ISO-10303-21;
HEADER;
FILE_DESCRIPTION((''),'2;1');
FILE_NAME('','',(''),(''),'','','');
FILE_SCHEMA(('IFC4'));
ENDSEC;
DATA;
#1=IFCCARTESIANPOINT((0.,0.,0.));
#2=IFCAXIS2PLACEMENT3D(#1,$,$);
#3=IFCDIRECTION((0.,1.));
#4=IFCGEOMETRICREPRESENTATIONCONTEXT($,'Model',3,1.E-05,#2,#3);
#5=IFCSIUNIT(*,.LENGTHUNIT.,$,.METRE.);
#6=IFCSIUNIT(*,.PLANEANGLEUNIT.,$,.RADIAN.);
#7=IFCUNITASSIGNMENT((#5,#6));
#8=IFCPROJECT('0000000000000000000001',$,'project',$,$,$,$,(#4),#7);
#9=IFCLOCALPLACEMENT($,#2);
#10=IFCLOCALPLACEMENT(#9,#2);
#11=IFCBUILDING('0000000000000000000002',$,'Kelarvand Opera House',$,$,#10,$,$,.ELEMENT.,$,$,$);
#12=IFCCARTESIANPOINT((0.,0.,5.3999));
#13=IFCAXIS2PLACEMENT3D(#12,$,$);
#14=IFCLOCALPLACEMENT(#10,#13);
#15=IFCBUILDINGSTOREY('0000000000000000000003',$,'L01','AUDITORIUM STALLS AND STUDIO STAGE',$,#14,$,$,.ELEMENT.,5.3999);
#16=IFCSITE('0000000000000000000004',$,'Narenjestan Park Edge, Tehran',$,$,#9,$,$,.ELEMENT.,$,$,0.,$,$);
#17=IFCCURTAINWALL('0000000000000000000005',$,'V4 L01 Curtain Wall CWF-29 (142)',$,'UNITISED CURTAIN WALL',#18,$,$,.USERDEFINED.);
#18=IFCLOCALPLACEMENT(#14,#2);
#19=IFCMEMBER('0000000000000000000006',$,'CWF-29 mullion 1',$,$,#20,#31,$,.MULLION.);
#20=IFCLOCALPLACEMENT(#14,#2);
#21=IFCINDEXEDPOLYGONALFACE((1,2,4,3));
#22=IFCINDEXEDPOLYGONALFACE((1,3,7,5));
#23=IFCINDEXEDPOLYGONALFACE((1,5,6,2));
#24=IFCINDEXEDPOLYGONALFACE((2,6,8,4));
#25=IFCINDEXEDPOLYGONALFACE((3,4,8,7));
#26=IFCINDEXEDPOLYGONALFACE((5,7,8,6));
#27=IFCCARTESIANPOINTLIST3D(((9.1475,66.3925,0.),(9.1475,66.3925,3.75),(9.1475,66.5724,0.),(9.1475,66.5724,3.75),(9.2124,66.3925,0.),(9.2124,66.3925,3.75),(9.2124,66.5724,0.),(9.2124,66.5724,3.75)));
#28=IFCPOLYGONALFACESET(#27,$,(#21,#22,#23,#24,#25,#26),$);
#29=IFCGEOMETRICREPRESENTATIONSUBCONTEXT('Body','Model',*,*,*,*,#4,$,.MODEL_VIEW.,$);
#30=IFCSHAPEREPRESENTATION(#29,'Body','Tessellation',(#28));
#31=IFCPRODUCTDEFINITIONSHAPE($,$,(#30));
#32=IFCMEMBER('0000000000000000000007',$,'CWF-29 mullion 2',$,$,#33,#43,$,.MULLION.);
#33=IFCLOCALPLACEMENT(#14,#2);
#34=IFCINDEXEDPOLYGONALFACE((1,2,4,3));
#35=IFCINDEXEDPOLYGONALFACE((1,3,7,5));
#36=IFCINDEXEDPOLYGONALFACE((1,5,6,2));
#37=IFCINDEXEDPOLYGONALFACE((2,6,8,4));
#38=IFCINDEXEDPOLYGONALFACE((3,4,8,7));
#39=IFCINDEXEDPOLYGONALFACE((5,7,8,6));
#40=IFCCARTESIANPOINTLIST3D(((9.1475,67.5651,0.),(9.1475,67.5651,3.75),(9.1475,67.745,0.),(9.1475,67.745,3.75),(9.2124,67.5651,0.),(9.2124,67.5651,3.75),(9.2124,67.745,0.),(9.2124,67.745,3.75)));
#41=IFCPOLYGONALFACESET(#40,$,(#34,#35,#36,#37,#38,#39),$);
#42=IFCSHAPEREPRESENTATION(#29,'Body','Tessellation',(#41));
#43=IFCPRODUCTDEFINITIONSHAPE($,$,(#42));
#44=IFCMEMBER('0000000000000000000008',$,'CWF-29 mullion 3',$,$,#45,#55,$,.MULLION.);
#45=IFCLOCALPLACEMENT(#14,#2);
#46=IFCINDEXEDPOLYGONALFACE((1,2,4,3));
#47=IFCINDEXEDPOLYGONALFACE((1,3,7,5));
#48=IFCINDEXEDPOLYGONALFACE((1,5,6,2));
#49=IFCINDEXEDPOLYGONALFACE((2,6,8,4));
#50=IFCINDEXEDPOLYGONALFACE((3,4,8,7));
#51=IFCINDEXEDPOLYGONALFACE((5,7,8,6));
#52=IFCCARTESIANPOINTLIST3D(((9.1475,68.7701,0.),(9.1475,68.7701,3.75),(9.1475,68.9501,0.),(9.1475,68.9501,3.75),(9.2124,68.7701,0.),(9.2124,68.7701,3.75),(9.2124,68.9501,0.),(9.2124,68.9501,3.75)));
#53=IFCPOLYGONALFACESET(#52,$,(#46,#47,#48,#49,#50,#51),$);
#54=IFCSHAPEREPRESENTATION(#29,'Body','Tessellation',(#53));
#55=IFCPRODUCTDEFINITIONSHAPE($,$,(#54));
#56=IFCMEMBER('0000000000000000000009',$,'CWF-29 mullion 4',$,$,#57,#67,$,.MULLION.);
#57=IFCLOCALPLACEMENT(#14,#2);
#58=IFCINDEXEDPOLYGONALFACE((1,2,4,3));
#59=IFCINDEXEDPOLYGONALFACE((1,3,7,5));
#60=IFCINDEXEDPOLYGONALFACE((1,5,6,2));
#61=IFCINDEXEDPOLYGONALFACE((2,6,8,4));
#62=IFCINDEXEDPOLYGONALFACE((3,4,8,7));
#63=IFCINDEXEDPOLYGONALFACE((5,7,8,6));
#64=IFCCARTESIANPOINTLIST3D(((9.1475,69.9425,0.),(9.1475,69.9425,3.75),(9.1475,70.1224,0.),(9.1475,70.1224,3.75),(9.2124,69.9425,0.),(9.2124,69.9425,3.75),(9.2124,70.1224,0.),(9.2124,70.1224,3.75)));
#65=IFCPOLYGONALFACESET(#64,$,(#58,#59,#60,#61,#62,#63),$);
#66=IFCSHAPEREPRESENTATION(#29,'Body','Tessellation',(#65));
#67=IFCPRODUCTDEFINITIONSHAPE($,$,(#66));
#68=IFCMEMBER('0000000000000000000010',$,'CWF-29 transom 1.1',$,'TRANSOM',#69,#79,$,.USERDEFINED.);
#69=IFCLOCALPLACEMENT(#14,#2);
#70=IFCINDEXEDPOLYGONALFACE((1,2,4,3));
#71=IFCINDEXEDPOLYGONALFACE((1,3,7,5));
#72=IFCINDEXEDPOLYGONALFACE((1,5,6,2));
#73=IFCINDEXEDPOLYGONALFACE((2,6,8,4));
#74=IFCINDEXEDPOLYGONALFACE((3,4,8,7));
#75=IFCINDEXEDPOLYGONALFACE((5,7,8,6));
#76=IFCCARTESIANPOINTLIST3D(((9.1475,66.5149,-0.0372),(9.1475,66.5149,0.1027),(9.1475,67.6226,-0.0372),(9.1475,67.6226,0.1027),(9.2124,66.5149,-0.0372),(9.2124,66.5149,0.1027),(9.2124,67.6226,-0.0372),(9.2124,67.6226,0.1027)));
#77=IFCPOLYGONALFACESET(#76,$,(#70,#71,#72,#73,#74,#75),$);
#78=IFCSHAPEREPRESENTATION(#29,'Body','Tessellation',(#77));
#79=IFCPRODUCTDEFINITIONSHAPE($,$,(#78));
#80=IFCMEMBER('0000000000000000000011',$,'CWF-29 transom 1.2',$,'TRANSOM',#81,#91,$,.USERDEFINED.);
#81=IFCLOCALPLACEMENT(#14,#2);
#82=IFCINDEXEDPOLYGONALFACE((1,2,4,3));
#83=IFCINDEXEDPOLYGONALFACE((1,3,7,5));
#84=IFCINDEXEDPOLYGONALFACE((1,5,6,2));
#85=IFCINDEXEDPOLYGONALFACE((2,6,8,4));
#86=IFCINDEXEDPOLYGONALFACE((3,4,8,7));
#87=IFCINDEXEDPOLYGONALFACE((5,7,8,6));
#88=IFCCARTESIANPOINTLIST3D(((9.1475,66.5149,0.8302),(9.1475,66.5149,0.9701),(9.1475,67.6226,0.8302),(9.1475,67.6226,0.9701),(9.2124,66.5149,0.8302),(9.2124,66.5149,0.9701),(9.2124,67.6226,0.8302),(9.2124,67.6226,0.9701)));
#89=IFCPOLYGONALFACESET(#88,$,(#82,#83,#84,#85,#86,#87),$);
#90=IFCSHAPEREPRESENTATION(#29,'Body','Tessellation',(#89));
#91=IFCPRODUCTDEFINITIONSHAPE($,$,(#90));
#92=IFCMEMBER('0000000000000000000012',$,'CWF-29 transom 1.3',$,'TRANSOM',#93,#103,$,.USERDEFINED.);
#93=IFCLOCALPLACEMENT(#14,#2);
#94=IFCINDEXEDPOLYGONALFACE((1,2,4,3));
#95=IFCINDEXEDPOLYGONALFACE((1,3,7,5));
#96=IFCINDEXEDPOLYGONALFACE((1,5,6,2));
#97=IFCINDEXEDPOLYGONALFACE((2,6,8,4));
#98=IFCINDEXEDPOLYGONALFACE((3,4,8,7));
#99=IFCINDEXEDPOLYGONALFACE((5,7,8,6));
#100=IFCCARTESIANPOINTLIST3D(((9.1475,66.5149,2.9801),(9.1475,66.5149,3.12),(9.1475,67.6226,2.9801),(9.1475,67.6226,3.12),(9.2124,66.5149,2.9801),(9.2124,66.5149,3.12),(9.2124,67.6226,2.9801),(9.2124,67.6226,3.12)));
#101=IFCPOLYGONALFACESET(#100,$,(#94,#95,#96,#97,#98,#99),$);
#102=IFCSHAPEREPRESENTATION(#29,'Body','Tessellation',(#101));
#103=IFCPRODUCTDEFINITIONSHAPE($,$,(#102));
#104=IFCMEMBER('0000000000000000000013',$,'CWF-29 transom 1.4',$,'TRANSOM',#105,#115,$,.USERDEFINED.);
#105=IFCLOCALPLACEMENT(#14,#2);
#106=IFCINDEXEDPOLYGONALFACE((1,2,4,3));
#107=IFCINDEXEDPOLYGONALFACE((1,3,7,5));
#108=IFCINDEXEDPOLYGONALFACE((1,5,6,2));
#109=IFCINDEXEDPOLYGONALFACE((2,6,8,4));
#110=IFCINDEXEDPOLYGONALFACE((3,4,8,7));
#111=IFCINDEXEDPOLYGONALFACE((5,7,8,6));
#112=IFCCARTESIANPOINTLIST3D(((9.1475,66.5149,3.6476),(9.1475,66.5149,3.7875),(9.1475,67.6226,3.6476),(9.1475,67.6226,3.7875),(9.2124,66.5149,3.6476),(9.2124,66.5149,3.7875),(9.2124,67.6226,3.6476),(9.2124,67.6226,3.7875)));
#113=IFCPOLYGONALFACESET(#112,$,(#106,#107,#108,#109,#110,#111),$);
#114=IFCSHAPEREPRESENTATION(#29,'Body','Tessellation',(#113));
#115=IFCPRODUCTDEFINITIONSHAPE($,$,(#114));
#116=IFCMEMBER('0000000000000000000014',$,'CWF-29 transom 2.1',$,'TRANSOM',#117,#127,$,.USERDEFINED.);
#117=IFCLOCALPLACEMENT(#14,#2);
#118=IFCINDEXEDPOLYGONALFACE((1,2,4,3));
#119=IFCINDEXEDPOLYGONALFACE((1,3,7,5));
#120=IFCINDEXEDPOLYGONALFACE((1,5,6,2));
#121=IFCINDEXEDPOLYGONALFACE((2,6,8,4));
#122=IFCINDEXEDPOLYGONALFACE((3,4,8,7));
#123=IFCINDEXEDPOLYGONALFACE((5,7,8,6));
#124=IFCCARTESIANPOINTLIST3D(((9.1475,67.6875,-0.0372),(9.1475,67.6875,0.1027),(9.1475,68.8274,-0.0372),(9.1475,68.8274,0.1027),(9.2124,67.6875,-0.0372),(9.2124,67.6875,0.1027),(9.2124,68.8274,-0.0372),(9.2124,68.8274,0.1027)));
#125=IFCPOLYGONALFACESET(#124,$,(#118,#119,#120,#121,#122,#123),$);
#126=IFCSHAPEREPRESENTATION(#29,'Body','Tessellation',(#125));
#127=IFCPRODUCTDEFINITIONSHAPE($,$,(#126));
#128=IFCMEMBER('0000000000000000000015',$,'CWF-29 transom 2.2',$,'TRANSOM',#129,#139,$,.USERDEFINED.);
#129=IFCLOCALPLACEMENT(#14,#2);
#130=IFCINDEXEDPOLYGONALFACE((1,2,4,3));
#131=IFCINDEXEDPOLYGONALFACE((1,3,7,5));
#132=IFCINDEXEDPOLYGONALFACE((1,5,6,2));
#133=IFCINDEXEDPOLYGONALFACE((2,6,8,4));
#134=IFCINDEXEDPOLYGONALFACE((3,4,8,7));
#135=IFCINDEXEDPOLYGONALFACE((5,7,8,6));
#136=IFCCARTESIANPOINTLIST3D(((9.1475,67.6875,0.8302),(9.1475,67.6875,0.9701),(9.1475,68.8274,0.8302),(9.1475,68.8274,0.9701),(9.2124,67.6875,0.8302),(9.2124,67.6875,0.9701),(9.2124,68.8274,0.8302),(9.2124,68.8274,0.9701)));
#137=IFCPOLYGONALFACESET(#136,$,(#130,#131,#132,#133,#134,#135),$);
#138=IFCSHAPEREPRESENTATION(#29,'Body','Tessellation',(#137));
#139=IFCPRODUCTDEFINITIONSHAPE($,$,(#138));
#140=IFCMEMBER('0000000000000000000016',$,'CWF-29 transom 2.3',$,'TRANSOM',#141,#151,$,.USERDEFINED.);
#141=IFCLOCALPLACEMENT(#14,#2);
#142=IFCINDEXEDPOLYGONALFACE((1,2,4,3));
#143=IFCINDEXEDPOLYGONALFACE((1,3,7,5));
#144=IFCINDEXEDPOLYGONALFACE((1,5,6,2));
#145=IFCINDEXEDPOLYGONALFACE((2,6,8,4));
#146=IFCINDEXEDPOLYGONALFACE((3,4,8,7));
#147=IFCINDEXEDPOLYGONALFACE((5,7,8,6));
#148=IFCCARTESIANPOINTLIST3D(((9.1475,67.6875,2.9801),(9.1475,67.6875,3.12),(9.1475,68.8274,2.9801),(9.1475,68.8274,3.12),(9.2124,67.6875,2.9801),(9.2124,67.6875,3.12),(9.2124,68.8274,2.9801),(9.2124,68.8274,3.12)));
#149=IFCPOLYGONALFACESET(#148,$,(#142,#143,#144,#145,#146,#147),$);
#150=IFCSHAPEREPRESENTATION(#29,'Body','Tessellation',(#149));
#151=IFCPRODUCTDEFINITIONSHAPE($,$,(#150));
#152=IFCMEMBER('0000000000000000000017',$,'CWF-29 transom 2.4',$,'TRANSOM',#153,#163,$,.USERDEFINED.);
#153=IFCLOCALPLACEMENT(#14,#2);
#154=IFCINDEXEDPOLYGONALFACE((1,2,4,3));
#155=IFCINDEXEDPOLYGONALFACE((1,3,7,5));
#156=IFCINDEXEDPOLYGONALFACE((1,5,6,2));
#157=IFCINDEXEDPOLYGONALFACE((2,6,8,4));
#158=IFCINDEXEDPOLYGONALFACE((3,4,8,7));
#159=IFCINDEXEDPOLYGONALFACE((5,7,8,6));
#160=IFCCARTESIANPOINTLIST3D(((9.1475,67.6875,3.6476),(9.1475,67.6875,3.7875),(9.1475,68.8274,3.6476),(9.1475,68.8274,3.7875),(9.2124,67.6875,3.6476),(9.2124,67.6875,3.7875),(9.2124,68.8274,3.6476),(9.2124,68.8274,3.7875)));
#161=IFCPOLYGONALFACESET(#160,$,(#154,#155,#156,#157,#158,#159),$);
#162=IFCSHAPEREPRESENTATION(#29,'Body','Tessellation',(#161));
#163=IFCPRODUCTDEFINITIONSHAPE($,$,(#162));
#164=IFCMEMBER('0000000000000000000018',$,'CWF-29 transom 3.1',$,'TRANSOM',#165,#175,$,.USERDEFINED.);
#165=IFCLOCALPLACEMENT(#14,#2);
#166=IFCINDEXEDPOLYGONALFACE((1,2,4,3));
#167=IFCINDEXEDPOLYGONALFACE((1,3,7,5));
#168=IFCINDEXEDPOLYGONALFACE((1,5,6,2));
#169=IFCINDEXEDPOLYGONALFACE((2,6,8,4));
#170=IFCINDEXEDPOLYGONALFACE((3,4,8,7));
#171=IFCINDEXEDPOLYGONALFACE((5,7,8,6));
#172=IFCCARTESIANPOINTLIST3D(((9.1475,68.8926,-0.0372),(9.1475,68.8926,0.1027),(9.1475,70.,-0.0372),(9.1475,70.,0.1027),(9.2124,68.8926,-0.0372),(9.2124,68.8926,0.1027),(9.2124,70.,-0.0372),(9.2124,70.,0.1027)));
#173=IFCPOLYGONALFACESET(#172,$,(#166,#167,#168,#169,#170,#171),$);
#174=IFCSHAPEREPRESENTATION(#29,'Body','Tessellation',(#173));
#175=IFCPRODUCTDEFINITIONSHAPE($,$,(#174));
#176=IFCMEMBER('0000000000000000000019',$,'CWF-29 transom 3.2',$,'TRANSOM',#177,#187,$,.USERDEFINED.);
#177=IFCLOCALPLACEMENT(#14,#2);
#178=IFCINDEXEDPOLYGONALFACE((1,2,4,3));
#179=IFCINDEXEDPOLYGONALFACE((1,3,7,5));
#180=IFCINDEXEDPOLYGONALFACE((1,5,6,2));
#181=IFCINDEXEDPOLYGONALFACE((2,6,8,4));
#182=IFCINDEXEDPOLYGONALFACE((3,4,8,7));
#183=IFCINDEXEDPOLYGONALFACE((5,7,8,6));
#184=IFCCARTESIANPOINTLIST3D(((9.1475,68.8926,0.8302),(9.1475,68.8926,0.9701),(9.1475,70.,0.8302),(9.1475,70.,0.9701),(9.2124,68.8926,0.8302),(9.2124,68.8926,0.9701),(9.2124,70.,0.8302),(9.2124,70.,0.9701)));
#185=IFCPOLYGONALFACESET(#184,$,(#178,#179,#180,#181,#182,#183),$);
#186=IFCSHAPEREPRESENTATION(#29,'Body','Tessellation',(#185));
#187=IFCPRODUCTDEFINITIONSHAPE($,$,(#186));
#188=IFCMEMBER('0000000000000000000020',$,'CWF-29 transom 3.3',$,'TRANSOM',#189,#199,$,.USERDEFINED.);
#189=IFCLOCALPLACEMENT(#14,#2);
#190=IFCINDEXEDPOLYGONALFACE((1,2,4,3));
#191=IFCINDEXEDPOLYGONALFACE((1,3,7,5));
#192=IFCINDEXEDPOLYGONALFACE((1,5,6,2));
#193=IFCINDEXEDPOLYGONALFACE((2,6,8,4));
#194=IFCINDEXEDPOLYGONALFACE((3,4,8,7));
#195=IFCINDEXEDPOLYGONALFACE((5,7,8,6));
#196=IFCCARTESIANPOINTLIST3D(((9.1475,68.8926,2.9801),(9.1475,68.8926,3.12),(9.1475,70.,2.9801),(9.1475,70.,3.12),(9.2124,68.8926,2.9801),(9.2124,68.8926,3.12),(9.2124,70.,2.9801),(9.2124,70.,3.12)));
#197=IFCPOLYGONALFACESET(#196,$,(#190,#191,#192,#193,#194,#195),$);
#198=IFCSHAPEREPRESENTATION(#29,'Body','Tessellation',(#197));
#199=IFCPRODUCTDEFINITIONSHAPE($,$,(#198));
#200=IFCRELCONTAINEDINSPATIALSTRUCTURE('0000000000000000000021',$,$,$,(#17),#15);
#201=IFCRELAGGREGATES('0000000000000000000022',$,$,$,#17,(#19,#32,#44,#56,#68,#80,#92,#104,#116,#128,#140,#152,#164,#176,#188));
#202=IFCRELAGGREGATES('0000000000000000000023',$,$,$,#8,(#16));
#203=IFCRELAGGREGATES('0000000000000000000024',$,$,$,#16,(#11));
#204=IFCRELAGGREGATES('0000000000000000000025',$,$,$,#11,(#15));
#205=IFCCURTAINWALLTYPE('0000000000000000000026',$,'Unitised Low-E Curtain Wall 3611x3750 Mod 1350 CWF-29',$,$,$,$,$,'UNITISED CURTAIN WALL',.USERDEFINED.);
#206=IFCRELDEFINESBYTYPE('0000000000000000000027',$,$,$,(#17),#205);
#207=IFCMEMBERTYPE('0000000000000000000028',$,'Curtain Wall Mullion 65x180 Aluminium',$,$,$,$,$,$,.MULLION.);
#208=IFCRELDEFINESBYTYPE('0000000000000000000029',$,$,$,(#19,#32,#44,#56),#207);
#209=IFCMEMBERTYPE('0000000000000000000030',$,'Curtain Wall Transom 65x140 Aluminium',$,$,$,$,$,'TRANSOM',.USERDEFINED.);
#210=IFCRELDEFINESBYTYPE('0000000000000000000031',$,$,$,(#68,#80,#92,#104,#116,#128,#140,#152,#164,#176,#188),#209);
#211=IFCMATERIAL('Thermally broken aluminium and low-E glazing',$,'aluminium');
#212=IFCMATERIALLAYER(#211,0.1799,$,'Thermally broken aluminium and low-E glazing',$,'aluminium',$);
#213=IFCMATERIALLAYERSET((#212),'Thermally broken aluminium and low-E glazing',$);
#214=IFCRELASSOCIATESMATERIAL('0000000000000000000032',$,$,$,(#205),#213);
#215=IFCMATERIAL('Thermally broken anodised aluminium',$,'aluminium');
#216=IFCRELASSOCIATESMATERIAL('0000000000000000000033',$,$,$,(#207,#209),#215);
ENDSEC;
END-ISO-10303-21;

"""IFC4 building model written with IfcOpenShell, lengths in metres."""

from ifc_helpers import new_model, si_unit, direction, frame, origin, origin_2d, place, context, subcontext, project, spatial, rectangle, extrude, material, layer, layer_set, material_profile, profile_set, type_object, element, aggregate, save


model = new_model("IFC4")

# Units and contexts
model_context = context("Model", 3, precision=1e-05, world=origin(), true_north=direction((0.0, 1.0)))
body_context = subcontext(model_context, "Body", "Model", "MODEL_VIEW")
ifc_project = project(units=[si_unit("LENGTHUNIT", "METRE"), si_unit("PLANEANGLEUNIT", "RADIAN")], contexts=[model_context])

# Site, building, storey
site_placement = place(None, origin())
site = spatial("IfcSite", under=ifc_project, at=site_placement, Name="Narenjestan Park Edge, Tehran", CompositionType="ELEMENT", RefElevation=0.0)
building_placement = place(site_placement, origin())
building = spatial("IfcBuilding", under=site, at=building_placement, Name="Kelarvand Opera House", CompositionType="ELEMENT")
storey_placement = place(building_placement, frame((0.0, 0.0, 5.3999)))
storey = spatial("IfcBuildingStorey", under=building, at=storey_placement, Name="L01", Description="AUDITORIUM STALLS AND STUDIO STAGE", CompositionType="ELEMENT", Elevation=5.3999)

# Curtain wall, members
ifc_material_1 = material(Name="Thermally broken aluminium and low-E glazing", Category="aluminium")
ifc_layer_1 = layer(ifc_material_1, 0.1799, Name="Thermally broken aluminium and low-E glazing", Category="aluminium")
ifc_layer_set_1 = layer_set([ifc_layer_1], Name="Thermally broken aluminium and low-E glazing")
curtain_wall_type = type_object("IfcCurtainWallType", Name="Unitised Low-E Curtain Wall 3611x3750 Mod 1350 CWF-29", ElementType="UNITISED CURTAIN WALL", PredefinedType="USERDEFINED", material=ifc_layer_set_1)
curtain_wall_placement = place(storey_placement, origin())
curtain_wall = element("IfcCurtainWall", 1, at=curtain_wall_placement, inside=storey, type_object=curtain_wall_type, Name="V4 L01 Curtain Wall CWF-29 (142)", ObjectType="UNITISED CURTAIN WALL", PredefinedType="USERDEFINED")
ifc_material_2 = material(Name="Thermally broken anodised aluminium", Category="aluminium")
ifc_material_profile_1 = material_profile(ifc_material_2, rectangle(XDim=0.0649, YDim=0.1799, at=origin_2d()), Name="ALU MULLION 65x180", Category="aluminium")
ifc_profile_set_1 = profile_set([ifc_material_profile_1], Name="Thermally broken anodised aluminium")
member_type_1 = type_object("IfcMemberType", Name="Curtain Wall Mullion 65x180 Aluminium", PredefinedType="MULLION", material=ifc_profile_set_1)
member_1_placement = place(storey_placement, frame((9.1799, 66.4824, 0.0), z_axis=(0.0, 0.0, 1.0), x_axis=(-1.0, 0.0, 0.0)))
member_1 = element("IfcMember", 2, at=member_1_placement, type_object=member_type_1, Name="CWF-29 mullion 1", PredefinedType="MULLION", context=body_context, shape_type="SweptSolid", body=[
    extrude(rectangle(XDim=0.0649, YDim=0.1799, at=origin_2d()), origin(), (0.0, 0.0, 1.0), 3.75),
])
member_2_placement = place(storey_placement, frame((9.1799, 67.655, 0.0), z_axis=(0.0, 0.0, 1.0), x_axis=(-1.0, 0.0, 0.0)))
member_2 = element("IfcMember", 3, at=member_2_placement, type_object=member_type_1, Name="CWF-29 mullion 2", PredefinedType="MULLION", context=body_context, shape_type="SweptSolid", body=[
    extrude(rectangle(XDim=0.0649, YDim=0.1799, at=origin_2d()), origin(), (0.0, 0.0, 1.0), 3.75),
])
member_3_placement = place(storey_placement, frame((9.1799, 68.8601, 0.0), z_axis=(0.0, 0.0, 1.0), x_axis=(-1.0, 0.0, 0.0)))
member_3 = element("IfcMember", 4, at=member_3_placement, type_object=member_type_1, Name="CWF-29 mullion 3", PredefinedType="MULLION", context=body_context, shape_type="SweptSolid", body=[
    extrude(rectangle(XDim=0.0649, YDim=0.1799, at=origin_2d()), origin(), (0.0, 0.0, 1.0), 3.75),
])
member_4_placement = place(storey_placement, frame((9.1799, 70.0325, 0.0), z_axis=(0.0, 0.0, 1.0), x_axis=(-1.0, 0.0, 0.0)))
member_4 = element("IfcMember", 5, at=member_4_placement, type_object=member_type_1, Name="CWF-29 mullion 4", PredefinedType="MULLION", context=body_context, shape_type="SweptSolid", body=[
    extrude(rectangle(XDim=0.0649, YDim=0.1799, at=origin_2d()), origin(), (0.0, 0.0, 1.0), 3.75),
])
ifc_material_profile_2 = material_profile(ifc_material_2, rectangle(XDim=0.0649, YDim=0.1399, at=origin_2d()), Name="ALU TRANSOM 65x140", Category="aluminium")
ifc_profile_set_2 = profile_set([ifc_material_profile_2], Name="Thermally broken anodised aluminium")
member_type_2 = type_object("IfcMemberType", Name="Curtain Wall Transom 65x140 Aluminium", ElementType="TRANSOM", PredefinedType="USERDEFINED", material=ifc_profile_set_2)
member_5_placement = place(storey_placement, frame((9.1799, 66.5149, 0.0327), z_axis=(0.0, 1.0, 0.0), x_axis=(-1.0, 0.0, 0.0)))
member_5 = element("IfcMember", 6, at=member_5_placement, type_object=member_type_2, Name="CWF-29 transom 1.1", ObjectType="TRANSOM", PredefinedType="USERDEFINED", context=body_context, shape_type="SweptSolid", body=[
    extrude(rectangle(XDim=0.0649, YDim=0.1399, at=origin_2d()), origin(), (0.0, 0.0, 1.0), 1.1077),
])
member_6_placement = place(storey_placement, frame((9.1799, 66.5149, 0.9001), z_axis=(0.0, 1.0, 0.0), x_axis=(-1.0, 0.0, 0.0)))
member_6 = element("IfcMember", 7, at=member_6_placement, type_object=member_type_2, Name="CWF-29 transom 1.2", ObjectType="TRANSOM", PredefinedType="USERDEFINED", context=body_context, shape_type="SweptSolid", body=[
    extrude(rectangle(XDim=0.0649, YDim=0.1399, at=origin_2d()), origin(), (0.0, 0.0, 1.0), 1.1077),
])
member_7_placement = place(storey_placement, frame((9.1799, 66.5149, 3.05), z_axis=(0.0, 1.0, 0.0), x_axis=(-1.0, 0.0, 0.0)))
member_7 = element("IfcMember", 8, at=member_7_placement, type_object=member_type_2, Name="CWF-29 transom 1.3", ObjectType="TRANSOM", PredefinedType="USERDEFINED", context=body_context, shape_type="SweptSolid", body=[
    extrude(rectangle(XDim=0.0649, YDim=0.1399, at=origin_2d()), origin(), (0.0, 0.0, 1.0), 1.1077),
])
member_8_placement = place(storey_placement, frame((9.1799, 66.5149, 3.7175), z_axis=(0.0, 1.0, 0.0), x_axis=(-1.0, 0.0, 0.0)))
member_8 = element("IfcMember", 9, at=member_8_placement, type_object=member_type_2, Name="CWF-29 transom 1.4", ObjectType="TRANSOM", PredefinedType="USERDEFINED", context=body_context, shape_type="SweptSolid", body=[
    extrude(rectangle(XDim=0.0649, YDim=0.1399, at=origin_2d()), origin(), (0.0, 0.0, 1.0), 1.1077),
])
member_9_placement = place(storey_placement, frame((9.1799, 67.6875, 0.0327), z_axis=(0.0, 1.0, 0.0), x_axis=(-1.0, 0.0, 0.0)))
member_9 = element("IfcMember", 10, at=member_9_placement, type_object=member_type_2, Name="CWF-29 transom 2.1", ObjectType="TRANSOM", PredefinedType="USERDEFINED", context=body_context, shape_type="SweptSolid", body=[
    extrude(rectangle(XDim=0.0649, YDim=0.1399, at=origin_2d()), origin(), (0.0, 0.0, 1.0), 1.1399),
])
member_10_placement = place(storey_placement, frame((9.1799, 67.6875, 0.9001), z_axis=(0.0, 1.0, 0.0), x_axis=(-1.0, 0.0, 0.0)))
member_10 = element("IfcMember", 11, at=member_10_placement, type_object=member_type_2, Name="CWF-29 transom 2.2", ObjectType="TRANSOM", PredefinedType="USERDEFINED", context=body_context, shape_type="SweptSolid", body=[
    extrude(rectangle(XDim=0.0649, YDim=0.1399, at=origin_2d()), origin(), (0.0, 0.0, 1.0), 1.1399),
])
member_11_placement = place(storey_placement, frame((9.1799, 67.6875, 3.05), z_axis=(0.0, 1.0, 0.0), x_axis=(-1.0, 0.0, 0.0)))
member_11 = element("IfcMember", 12, at=member_11_placement, type_object=member_type_2, Name="CWF-29 transom 2.3", ObjectType="TRANSOM", PredefinedType="USERDEFINED", context=body_context, shape_type="SweptSolid", body=[
    extrude(rectangle(XDim=0.0649, YDim=0.1399, at=origin_2d()), origin(), (0.0, 0.0, 1.0), 1.1399),
])
member_12_placement = place(storey_placement, frame((9.1799, 67.6875, 3.7175), z_axis=(0.0, 1.0, 0.0), x_axis=(-1.0, 0.0, 0.0)))
member_12 = element("IfcMember", 13, at=member_12_placement, type_object=member_type_2, Name="CWF-29 transom 2.4", ObjectType="TRANSOM", PredefinedType="USERDEFINED", context=body_context, shape_type="SweptSolid", body=[
    extrude(rectangle(XDim=0.0649, YDim=0.1399, at=origin_2d()), origin(), (0.0, 0.0, 1.0), 1.1399),
])
member_13_placement = place(storey_placement, frame((9.1799, 68.8926, 0.0327), z_axis=(0.0, 1.0, 0.0), x_axis=(-1.0, 0.0, 0.0)))
member_13 = element("IfcMember", 14, at=member_13_placement, type_object=member_type_2, Name="CWF-29 transom 3.1", ObjectType="TRANSOM", PredefinedType="USERDEFINED", context=body_context, shape_type="SweptSolid", body=[
    extrude(rectangle(XDim=0.0649, YDim=0.1399, at=origin_2d()), origin(), (0.0, 0.0, 1.0), 1.1074),
])
member_14_placement = place(storey_placement, frame((9.1799, 68.8926, 0.9001), z_axis=(0.0, 1.0, 0.0), x_axis=(-1.0, 0.0, 0.0)))
member_14 = element("IfcMember", 15, at=member_14_placement, type_object=member_type_2, Name="CWF-29 transom 3.2", ObjectType="TRANSOM", PredefinedType="USERDEFINED", context=body_context, shape_type="SweptSolid", body=[
    extrude(rectangle(XDim=0.0649, YDim=0.1399, at=origin_2d()), origin(), (0.0, 0.0, 1.0), 1.1074),
])
member_15_placement = place(storey_placement, frame((9.1799, 68.8926, 3.05), z_axis=(0.0, 1.0, 0.0), x_axis=(-1.0, 0.0, 0.0)))
member_15 = element("IfcMember", 16, at=member_15_placement, type_object=member_type_2, Name="CWF-29 transom 3.3", ObjectType="TRANSOM", PredefinedType="USERDEFINED", context=body_context, shape_type="SweptSolid", body=[
    extrude(rectangle(XDim=0.0649, YDim=0.1399, at=origin_2d()), origin(), (0.0, 0.0, 1.0), 1.1074),
])

aggregate(curtain_wall, [member_1, member_2, member_3, member_4, member_5, member_6, member_7, member_8, member_9, member_10, member_11, member_12, member_13, member_14, member_15])

save(model, "model.ifc")
